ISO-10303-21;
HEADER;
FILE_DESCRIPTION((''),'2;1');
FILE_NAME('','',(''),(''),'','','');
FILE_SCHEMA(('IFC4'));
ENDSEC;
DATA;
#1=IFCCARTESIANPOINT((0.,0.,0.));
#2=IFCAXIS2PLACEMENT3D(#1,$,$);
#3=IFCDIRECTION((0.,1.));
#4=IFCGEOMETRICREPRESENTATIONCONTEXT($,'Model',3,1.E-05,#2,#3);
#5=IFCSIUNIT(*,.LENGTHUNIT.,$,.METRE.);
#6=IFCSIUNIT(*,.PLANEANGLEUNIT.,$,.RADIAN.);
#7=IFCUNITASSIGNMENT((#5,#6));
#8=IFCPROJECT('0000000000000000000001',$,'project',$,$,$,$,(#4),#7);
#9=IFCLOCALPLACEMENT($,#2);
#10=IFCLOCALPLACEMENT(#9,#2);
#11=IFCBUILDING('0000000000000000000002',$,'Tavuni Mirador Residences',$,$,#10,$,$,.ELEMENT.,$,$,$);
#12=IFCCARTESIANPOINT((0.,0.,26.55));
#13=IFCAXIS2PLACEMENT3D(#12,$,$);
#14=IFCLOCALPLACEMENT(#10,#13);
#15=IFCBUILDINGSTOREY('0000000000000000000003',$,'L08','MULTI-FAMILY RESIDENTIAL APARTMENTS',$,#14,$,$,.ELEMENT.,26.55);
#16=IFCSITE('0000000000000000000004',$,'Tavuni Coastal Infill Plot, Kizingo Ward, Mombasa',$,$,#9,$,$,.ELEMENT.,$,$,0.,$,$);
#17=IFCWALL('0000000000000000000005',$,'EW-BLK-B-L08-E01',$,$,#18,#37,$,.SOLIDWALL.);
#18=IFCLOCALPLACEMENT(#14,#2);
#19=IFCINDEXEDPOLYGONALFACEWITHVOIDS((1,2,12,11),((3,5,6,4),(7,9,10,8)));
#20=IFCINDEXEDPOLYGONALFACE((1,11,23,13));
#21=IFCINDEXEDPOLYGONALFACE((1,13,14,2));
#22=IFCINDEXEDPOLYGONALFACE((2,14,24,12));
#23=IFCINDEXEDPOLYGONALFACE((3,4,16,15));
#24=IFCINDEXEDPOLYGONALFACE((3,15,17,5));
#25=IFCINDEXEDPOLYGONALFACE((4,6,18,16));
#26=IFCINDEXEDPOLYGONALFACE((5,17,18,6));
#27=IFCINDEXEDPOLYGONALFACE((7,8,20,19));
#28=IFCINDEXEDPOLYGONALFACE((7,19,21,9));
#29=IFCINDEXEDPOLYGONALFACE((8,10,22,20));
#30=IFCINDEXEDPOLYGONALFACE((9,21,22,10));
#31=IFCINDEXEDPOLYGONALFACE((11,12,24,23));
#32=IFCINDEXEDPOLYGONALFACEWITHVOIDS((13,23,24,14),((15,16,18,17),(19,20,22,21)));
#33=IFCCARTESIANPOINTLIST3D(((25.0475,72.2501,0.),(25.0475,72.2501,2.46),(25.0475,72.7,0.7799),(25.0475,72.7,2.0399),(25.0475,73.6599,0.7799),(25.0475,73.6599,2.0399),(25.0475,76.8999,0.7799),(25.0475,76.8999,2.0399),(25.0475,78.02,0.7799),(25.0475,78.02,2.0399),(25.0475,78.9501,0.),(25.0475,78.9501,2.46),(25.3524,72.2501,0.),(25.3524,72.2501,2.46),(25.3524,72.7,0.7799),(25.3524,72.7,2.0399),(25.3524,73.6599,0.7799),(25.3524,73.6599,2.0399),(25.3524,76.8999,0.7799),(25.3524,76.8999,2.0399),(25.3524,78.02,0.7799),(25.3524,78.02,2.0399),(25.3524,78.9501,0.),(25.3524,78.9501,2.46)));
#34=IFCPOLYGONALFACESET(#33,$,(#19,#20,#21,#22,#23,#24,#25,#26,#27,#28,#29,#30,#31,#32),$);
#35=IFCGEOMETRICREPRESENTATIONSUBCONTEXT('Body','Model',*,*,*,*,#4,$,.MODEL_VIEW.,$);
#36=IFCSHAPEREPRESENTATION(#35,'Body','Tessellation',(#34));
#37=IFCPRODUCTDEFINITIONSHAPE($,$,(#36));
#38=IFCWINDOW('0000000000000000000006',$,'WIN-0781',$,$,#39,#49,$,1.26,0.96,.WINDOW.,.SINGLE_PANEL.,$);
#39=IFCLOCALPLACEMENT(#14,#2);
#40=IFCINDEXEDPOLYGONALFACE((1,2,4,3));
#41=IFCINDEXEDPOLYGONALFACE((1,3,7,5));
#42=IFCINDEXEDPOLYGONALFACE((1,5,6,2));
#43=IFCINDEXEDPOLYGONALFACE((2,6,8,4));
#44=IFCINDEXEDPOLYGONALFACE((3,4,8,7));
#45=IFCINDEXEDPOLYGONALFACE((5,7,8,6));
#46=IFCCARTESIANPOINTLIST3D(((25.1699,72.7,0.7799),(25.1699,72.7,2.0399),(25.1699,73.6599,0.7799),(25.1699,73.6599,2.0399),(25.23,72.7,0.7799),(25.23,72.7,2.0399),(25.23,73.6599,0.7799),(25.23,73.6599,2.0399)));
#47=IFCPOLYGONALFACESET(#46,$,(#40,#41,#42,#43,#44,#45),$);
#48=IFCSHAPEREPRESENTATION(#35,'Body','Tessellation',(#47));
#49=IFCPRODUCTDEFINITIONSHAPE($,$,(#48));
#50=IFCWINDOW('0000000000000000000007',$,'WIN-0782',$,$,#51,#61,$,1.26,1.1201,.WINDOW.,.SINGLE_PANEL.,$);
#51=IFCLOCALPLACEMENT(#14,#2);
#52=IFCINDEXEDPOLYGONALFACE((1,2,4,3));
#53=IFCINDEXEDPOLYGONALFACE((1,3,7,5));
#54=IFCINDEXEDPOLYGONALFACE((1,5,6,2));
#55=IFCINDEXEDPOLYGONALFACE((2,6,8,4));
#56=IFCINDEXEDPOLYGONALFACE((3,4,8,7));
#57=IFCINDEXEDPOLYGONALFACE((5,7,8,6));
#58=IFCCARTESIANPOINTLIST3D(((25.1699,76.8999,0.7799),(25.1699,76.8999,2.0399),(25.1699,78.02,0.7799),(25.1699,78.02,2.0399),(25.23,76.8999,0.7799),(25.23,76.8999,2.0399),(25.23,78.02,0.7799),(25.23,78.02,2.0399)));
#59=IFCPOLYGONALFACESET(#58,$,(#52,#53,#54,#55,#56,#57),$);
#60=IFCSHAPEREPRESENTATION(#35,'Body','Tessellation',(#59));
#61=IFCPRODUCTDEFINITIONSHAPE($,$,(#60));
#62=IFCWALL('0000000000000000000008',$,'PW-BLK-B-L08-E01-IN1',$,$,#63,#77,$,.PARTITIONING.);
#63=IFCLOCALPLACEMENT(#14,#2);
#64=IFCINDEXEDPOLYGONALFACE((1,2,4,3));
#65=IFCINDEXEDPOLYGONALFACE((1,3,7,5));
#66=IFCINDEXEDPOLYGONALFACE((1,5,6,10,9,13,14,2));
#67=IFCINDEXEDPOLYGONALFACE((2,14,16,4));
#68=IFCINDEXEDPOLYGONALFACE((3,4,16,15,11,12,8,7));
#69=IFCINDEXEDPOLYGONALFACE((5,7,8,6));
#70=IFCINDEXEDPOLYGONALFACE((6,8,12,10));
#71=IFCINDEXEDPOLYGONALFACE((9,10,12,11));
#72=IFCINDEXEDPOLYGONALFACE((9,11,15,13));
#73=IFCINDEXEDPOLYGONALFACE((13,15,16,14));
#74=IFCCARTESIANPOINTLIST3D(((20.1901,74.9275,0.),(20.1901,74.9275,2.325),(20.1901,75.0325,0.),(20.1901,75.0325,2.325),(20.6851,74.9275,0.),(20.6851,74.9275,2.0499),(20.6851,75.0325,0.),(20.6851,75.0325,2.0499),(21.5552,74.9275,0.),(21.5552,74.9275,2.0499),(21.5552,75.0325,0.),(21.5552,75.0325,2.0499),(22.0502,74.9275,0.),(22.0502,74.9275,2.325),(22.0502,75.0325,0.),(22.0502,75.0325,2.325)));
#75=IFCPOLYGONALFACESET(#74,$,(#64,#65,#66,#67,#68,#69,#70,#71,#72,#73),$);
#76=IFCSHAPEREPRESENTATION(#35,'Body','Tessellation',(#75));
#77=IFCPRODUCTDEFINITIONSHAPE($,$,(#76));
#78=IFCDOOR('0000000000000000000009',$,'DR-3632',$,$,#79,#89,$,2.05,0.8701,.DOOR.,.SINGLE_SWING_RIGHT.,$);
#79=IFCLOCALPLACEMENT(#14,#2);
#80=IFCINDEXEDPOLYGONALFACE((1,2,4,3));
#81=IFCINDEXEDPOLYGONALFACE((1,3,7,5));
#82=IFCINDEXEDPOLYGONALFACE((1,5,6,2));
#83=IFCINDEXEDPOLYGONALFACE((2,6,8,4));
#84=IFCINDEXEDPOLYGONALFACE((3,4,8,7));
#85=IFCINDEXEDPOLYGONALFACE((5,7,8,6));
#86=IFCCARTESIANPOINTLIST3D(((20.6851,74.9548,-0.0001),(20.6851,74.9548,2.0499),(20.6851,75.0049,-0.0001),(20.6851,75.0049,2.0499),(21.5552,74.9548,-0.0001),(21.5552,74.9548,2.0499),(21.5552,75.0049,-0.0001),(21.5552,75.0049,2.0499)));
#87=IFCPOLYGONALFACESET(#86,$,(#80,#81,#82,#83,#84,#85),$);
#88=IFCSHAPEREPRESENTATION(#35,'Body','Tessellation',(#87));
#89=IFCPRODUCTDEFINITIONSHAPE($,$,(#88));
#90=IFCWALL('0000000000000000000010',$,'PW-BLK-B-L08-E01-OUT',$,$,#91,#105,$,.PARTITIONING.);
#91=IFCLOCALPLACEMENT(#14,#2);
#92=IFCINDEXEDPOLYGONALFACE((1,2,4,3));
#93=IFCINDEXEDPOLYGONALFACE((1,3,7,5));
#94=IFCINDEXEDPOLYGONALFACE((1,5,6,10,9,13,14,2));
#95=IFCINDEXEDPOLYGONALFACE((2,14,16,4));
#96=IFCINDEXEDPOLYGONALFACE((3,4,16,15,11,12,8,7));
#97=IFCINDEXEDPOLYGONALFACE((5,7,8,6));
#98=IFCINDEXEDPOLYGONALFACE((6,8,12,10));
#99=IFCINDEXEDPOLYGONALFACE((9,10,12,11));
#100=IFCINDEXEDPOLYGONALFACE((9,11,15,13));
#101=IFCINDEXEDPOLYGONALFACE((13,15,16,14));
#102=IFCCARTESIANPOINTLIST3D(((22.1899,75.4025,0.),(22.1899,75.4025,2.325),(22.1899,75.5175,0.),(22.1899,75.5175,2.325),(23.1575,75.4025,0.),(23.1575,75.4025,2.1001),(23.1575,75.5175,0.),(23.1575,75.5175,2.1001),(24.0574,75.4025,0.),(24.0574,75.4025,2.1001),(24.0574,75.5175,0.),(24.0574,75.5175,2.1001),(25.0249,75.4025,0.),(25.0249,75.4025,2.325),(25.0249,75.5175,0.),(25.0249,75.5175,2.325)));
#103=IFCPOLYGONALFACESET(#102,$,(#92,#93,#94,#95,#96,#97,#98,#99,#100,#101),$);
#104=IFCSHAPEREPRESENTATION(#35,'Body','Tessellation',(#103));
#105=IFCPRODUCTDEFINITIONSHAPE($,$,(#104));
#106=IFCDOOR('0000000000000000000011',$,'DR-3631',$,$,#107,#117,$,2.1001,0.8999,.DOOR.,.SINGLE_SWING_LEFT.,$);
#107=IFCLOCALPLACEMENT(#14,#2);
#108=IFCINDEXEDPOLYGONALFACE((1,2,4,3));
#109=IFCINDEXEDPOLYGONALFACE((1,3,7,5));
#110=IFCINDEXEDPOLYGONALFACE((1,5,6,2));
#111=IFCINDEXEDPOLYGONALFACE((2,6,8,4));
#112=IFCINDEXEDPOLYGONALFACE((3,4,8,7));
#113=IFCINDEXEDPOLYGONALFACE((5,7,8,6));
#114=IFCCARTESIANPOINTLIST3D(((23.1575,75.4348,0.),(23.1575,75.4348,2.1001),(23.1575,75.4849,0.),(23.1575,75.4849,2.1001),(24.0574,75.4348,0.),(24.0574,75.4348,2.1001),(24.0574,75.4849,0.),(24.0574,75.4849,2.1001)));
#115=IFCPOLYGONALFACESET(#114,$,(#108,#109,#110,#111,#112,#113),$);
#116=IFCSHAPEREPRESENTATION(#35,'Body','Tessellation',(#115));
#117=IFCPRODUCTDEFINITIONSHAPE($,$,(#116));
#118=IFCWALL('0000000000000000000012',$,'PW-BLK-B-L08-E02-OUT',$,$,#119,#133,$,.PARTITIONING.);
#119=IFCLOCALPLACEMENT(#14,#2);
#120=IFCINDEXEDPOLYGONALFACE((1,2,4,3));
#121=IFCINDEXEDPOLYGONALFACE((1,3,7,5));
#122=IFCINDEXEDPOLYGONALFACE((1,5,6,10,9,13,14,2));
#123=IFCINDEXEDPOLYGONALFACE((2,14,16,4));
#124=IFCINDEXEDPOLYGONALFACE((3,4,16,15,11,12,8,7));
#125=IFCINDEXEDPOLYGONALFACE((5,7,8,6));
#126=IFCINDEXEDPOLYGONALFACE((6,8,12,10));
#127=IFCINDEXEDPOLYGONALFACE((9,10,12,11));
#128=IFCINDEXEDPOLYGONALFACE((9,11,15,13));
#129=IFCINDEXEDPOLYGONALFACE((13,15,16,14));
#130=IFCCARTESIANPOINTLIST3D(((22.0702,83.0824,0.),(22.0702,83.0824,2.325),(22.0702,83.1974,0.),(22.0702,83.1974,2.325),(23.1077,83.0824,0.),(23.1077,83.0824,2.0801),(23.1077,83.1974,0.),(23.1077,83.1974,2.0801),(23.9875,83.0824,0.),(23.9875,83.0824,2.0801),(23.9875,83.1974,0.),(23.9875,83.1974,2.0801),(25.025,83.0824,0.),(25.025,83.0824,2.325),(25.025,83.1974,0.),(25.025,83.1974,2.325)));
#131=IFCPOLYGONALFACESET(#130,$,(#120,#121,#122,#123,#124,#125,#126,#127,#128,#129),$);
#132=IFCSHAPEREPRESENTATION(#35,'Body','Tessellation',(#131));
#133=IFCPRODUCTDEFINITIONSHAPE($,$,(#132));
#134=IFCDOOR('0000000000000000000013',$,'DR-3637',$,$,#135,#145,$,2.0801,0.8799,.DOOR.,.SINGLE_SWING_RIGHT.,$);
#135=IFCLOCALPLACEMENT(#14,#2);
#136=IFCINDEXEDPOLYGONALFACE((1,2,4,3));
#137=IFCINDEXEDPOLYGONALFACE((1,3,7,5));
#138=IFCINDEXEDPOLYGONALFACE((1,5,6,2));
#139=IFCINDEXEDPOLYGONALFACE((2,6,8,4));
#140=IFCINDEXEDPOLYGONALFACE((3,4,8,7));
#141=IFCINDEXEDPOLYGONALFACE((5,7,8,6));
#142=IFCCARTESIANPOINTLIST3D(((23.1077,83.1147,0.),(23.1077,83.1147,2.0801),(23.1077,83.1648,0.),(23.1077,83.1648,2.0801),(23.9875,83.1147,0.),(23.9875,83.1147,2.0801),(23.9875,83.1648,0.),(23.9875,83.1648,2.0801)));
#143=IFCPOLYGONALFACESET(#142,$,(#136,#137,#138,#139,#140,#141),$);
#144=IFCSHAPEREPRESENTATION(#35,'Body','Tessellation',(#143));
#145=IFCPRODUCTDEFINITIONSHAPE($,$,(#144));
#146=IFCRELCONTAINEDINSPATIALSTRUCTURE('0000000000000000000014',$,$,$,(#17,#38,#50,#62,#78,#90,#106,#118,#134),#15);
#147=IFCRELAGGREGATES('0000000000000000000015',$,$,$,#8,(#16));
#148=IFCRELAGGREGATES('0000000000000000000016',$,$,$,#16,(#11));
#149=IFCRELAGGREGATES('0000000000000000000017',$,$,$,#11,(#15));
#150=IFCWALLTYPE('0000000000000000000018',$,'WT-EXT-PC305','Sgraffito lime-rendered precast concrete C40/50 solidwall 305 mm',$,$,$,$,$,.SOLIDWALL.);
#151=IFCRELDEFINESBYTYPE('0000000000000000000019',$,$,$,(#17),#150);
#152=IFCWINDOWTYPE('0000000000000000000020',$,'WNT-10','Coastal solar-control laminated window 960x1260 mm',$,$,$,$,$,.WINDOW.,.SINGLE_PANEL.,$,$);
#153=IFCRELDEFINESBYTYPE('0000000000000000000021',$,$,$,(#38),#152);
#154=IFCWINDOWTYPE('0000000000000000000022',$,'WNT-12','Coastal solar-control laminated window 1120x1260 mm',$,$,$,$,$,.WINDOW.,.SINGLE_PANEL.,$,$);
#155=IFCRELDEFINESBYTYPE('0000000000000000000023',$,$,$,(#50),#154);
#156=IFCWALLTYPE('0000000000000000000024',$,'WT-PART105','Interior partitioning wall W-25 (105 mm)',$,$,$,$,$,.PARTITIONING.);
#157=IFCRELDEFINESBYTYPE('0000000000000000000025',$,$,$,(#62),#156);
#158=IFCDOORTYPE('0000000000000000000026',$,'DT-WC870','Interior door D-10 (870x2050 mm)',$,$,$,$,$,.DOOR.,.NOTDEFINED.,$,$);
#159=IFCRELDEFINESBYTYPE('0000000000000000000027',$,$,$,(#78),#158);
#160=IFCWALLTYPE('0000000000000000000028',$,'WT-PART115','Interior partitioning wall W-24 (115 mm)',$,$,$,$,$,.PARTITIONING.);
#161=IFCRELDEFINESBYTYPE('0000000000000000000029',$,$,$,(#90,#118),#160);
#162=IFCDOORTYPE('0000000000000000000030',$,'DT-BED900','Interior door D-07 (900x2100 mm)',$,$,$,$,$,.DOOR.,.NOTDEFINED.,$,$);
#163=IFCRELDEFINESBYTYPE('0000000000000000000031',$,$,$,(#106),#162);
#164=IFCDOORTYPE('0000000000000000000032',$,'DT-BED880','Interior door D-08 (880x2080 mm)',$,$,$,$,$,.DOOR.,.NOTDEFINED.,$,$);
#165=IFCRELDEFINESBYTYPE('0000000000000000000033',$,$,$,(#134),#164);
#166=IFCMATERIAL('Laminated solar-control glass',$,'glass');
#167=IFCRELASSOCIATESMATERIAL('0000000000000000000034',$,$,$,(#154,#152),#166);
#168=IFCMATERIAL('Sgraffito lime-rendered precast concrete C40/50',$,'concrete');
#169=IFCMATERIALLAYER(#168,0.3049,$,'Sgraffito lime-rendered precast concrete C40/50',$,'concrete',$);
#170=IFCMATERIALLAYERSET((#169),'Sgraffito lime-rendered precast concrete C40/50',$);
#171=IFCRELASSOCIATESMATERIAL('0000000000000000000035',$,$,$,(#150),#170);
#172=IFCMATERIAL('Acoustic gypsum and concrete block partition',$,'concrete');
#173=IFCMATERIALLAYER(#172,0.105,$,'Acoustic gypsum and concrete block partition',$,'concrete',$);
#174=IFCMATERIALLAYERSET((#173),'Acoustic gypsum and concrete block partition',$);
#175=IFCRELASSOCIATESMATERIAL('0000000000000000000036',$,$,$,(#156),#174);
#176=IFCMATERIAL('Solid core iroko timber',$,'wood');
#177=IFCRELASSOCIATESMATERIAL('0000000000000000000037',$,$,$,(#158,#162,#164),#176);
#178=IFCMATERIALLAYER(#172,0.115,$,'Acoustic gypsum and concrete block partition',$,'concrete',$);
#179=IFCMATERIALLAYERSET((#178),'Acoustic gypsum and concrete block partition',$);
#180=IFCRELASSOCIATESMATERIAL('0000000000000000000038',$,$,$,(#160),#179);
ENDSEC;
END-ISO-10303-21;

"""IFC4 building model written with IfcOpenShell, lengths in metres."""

from ifc_helpers import new_model, si_unit, direction, frame, frame_2d, origin, place, context, subcontext, project, spatial, rectangle, extrude, material, layer, layer_set, type_object, element, fill, save


model = new_model("IFC4")

# Units and contexts
model_context = context("Model", 3, precision=1e-05, world=origin(), true_north=direction((0.0, 1.0)))
body_context = subcontext(model_context, "Body", "Model", "MODEL_VIEW")
ifc_project = project(units=[si_unit("LENGTHUNIT", "METRE"), si_unit("PLANEANGLEUNIT", "RADIAN")], contexts=[model_context])

# Site, building, storey
site_placement = place(None, origin())
site = spatial("IfcSite", under=ifc_project, at=site_placement, Name="Tavuni Coastal Infill Plot, Kizingo Ward, Mombasa", CompositionType="ELEMENT", RefElevation=0.0)
building_placement = place(site_placement, origin())
building = spatial("IfcBuilding", under=site, at=building_placement, Name="Tavuni Mirador Residences", CompositionType="ELEMENT")
storey_placement = place(building_placement, frame((0.0, 0.0, 26.55)))
storey = spatial("IfcBuildingStorey", under=building, at=storey_placement, Name="L08", Description="MULTI-FAMILY RESIDENTIAL APARTMENTS", CompositionType="ELEMENT", Elevation=26.55)

# Shared definitions
ifc_material_1 = material(Name="Solid core iroko timber", Category="wood")

# Wall, openings, windows
ifc_material_2 = material(Name="Sgraffito lime-rendered precast concrete C40/50", Category="concrete")
ifc_material_3 = material(Name="Laminated solar-control glass", Category="glass")
window_type_1 = type_object("IfcWindowType", Name="WNT-12", Description="Coastal solar-control laminated window 1120x1260 mm", PartitioningType="SINGLE_PANEL", PredefinedType="WINDOW", material=ifc_material_3)
ifc_layer_1 = layer(ifc_material_2, 0.3049, Name="Sgraffito lime-rendered precast concrete C40/50", Category="concrete")
ifc_layer_set_1 = layer_set([ifc_layer_1], Name="Sgraffito lime-rendered precast concrete C40/50")
wall_type_1 = type_object("IfcWallType", Name="WT-EXT-PC305", Description="Sgraffito lime-rendered precast concrete C40/50 solidwall 305 mm", PredefinedType="SOLIDWALL", material=ifc_layer_set_1)
wall_1_placement = place(storey_placement, frame((25.2, 72.25, 0.0), z_axis=(0.0, 0.0, 1.0), x_axis=(0.0, 1.0, 0.0)))
wall_1 = element("IfcWall", 1, at=wall_1_placement, inside=storey, type_object=wall_type_1, Name="EW-BLK-B-L08-E01", PredefinedType="SOLIDWALL", context=body_context, shape_type="SweptSolid", body=[
    extrude(rectangle(XDim=6.7, YDim=0.3049, at=frame_2d((3.3501, 0.0))), origin(), (0.0, 0.0, 1.0), 2.46),
])
opening_1_placement = place(wall_1_placement, frame((0.45, 0.0, 0.78)))
opening_1 = element("IfcOpeningElement", 2, at=opening_1_placement, cuts=wall_1, PredefinedType="OPENING", context=body_context, shape_type="SweptSolid", body=[
    extrude(rectangle(XDim=0.96, YDim=1.26, at=frame_2d((0.48, 0.6299))), frame((0.0, 0.1626, 0.0), z_axis=(0.0, -1.0, 0.0), x_axis=(1.0, 0.0, 0.0)), (0.0, 0.0, 1.0), 0.325),
])
opening_2_placement = place(wall_1_placement, frame((4.6499, 0.0, 0.78)))
opening_2 = element("IfcOpeningElement", 3, at=opening_2_placement, cuts=wall_1, PredefinedType="OPENING", context=body_context, shape_type="SweptSolid", body=[
    extrude(rectangle(XDim=1.1201, YDim=1.26, at=frame_2d((0.5601, 0.6299))), frame((0.0, 0.1626, 0.0), z_axis=(0.0, -1.0, 0.0), x_axis=(1.0, 0.0, 0.0)), (0.0, 0.0, 1.0), 0.325),
])
window_type_2 = type_object("IfcWindowType", Name="WNT-10", Description="Coastal solar-control laminated window 960x1260 mm", PartitioningType="SINGLE_PANEL", PredefinedType="WINDOW", material=ifc_material_3)
window_1_placement = place(opening_1_placement, origin())
window_1 = element("IfcWindow", 4, at=window_1_placement, inside=storey, type_object=window_type_2, Name="WIN-0781", OverallHeight=1.26, OverallWidth=0.96, PartitioningType="SINGLE_PANEL", PredefinedType="WINDOW", context=body_context, shape_type="SweptSolid", body=[
    extrude(rectangle(XDim=0.96, YDim=1.26, at=frame_2d((0.48, 0.6299))), frame((0.0, 0.03, 0.0), z_axis=(0.0, -1.0, 0.0), x_axis=(1.0, 0.0, 0.0)), (0.0, 0.0, 1.0), 0.0601),
])
fill(opening_1, window_1)
window_2_placement = place(opening_2_placement, origin())
window_2 = element("IfcWindow", 5, at=window_2_placement, inside=storey, type_object=window_type_1, Name="WIN-0782", OverallHeight=1.26, OverallWidth=1.1201, PartitioningType="SINGLE_PANEL", PredefinedType="WINDOW", context=body_context, shape_type="SweptSolid", body=[
    extrude(rectangle(XDim=1.1201, YDim=1.26, at=frame_2d((0.5601, 0.6299))), frame((0.0, 0.03, 0.0), z_axis=(0.0, -1.0, 0.0), x_axis=(1.0, 0.0, 0.0)), (0.0, 0.0, 1.0), 0.0601),
])
fill(opening_2, window_2)

# Walls, openings, doors
ifc_material_4 = material(Name="Acoustic gypsum and concrete block partition", Category="concrete")
ifc_layer_2 = layer(ifc_material_4, 0.105, Name="Acoustic gypsum and concrete block partition", Category="concrete")
ifc_layer_set_2 = layer_set([ifc_layer_2], Name="Acoustic gypsum and concrete block partition")
wall_type_2 = type_object("IfcWallType", Name="WT-PART105", Description="Interior partitioning wall W-25 (105 mm)", PredefinedType="PARTITIONING", material=ifc_layer_set_2)
wall_2_placement = place(storey_placement, frame((20.1899, 74.98, 0.0), z_axis=(0.0, 0.0, 1.0), x_axis=(1.0, 0.0, 0.0)))
wall_2 = element("IfcWall", 6, at=wall_2_placement, inside=storey, type_object=wall_type_2, Name="PW-BLK-B-L08-E01-IN1", PredefinedType="PARTITIONING", context=body_context, shape_type="SweptSolid", body=[
    extrude(rectangle(XDim=1.8601, YDim=0.105, at=frame_2d((0.9302, 0.0))), origin(), (0.0, 0.0, 1.0), 2.325),
])
opening_3_placement = place(wall_2_placement, frame((0.4951, 0.0, 0.0)))
opening_3 = element("IfcOpeningElement", 7, at=opening_3_placement, cuts=wall_2, PredefinedType="OPENING", context=body_context, shape_type="SweptSolid", body=[
    extrude(rectangle(XDim=0.8701, YDim=2.05, at=frame_2d((0.4351, 1.0249))), frame((0.0, 0.0625, 0.0), z_axis=(0.0, -1.0, 0.0), x_axis=(1.0, 0.0, 0.0)), (0.0, 0.0, 1.0), 0.125),
])
door_type_1 = type_object("IfcDoorType", Name="DT-WC870", Description="Interior door D-10 (870x2050 mm)", OperationType="NOTDEFINED", PredefinedType="DOOR", material=ifc_material_1)
door_1_placement = place(opening_3_placement, origin())
door_1 = element("IfcDoor", 8, at=door_1_placement, inside=storey, type_object=door_type_1, Name="DR-3632", OperationType="SINGLE_SWING_RIGHT", OverallHeight=2.05, OverallWidth=0.8701, PredefinedType="DOOR", context=body_context, shape_type="SweptSolid", body=[
    extrude(rectangle(XDim=0.8701, YDim=2.05, at=frame_2d((0.4351, 1.0249))), frame((0.0, 0.0249, 0.0), z_axis=(0.0, -1.0, 0.0), x_axis=(1.0, 0.0, 0.0)), (0.0, 0.0, 1.0), 0.05),
])
fill(opening_3, door_1)
ifc_layer_3 = layer(ifc_material_4, 0.115, Name="Acoustic gypsum and concrete block partition", Category="concrete")
ifc_layer_set_3 = layer_set([ifc_layer_3], Name="Acoustic gypsum and concrete block partition")
wall_type_3 = type_object("IfcWallType", Name="WT-PART115", Description="Interior partitioning wall W-24 (115 mm)", PredefinedType="PARTITIONING", material=ifc_layer_set_3)
wall_3_placement = place(storey_placement, frame((22.1899, 75.46, 0.0), z_axis=(0.0, 0.0, 1.0), x_axis=(1.0, 0.0, 0.0)))
wall_3 = element("IfcWall", 9, at=wall_3_placement, inside=storey, type_object=wall_type_3, Name="PW-BLK-B-L08-E01-OUT", PredefinedType="PARTITIONING", context=body_context, shape_type="SweptSolid", body=[
    extrude(rectangle(XDim=2.835, YDim=0.115, at=frame_2d((1.4175, 0.0))), origin(), (0.0, 0.0, 1.0), 2.325),
])
opening_4_placement = place(wall_3_placement, frame((0.9675, 0.0, 0.0)))
opening_4 = element("IfcOpeningElement", 10, at=opening_4_placement, cuts=wall_3, PredefinedType="OPENING", context=body_context, shape_type="SweptSolid", body=[
    extrude(rectangle(XDim=0.8999, YDim=2.1001, at=frame_2d((0.45, 1.05))), frame((0.0, 0.0674, 0.0), z_axis=(0.0, -1.0, 0.0), x_axis=(1.0, 0.0, 0.0)), (0.0, 0.0, 1.0), 0.135),
])
door_type_2 = type_object("IfcDoorType", Name="DT-BED900", Description="Interior door D-07 (900x2100 mm)", OperationType="NOTDEFINED", PredefinedType="DOOR", material=ifc_material_1)
door_2_placement = place(opening_4_placement, origin())
door_2 = element("IfcDoor", 11, at=door_2_placement, inside=storey, type_object=door_type_2, Name="DR-3631", OperationType="SINGLE_SWING_LEFT", OverallHeight=2.1001, OverallWidth=0.8999, PredefinedType="DOOR", context=body_context, shape_type="SweptSolid", body=[
    extrude(rectangle(XDim=0.8999, YDim=2.1001, at=frame_2d((0.45, 1.05))), frame((0.0, 0.0249, 0.0), z_axis=(0.0, -1.0, 0.0), x_axis=(1.0, 0.0, 0.0)), (0.0, 0.0, 1.0), 0.05),
])
fill(opening_4, door_2)
wall_4_placement = place(storey_placement, frame((22.0701, 83.1399, 0.0), z_axis=(0.0, 0.0, 1.0), x_axis=(1.0, 0.0, 0.0)))
wall_4 = element("IfcWall", 12, at=wall_4_placement, inside=storey, type_object=wall_type_3, Name="PW-BLK-B-L08-E02-OUT", PredefinedType="PARTITIONING", context=body_context, shape_type="SweptSolid", body=[
    extrude(rectangle(XDim=2.9548, YDim=0.115, at=frame_2d((1.4775, 0.0))), origin(), (0.0, 0.0, 1.0), 2.325),
])
opening_5_placement = place(wall_4_placement, frame((1.0376, 0.0, 0.0)))
opening_5 = element("IfcOpeningElement", 13, at=opening_5_placement, cuts=wall_4, PredefinedType="OPENING", context=body_context, shape_type="SweptSolid", body=[
    extrude(rectangle(XDim=0.8799, YDim=2.0801, at=frame_2d((0.4399, 1.04))), frame((0.0, 0.0674, 0.0), z_axis=(0.0, -1.0, 0.0), x_axis=(1.0, 0.0, 0.0)), (0.0, 0.0, 1.0), 0.135),
])
door_type_3 = type_object("IfcDoorType", Name="DT-BED880", Description="Interior door D-08 (880x2080 mm)", OperationType="NOTDEFINED", PredefinedType="DOOR", material=ifc_material_1)
door_3_placement = place(opening_5_placement, origin())
door_3 = element("IfcDoor", 14, at=door_3_placement, inside=storey, type_object=door_type_3, Name="DR-3637", OperationType="SINGLE_SWING_RIGHT", OverallHeight=2.0801, OverallWidth=0.8799, PredefinedType="DOOR", context=body_context, shape_type="SweptSolid", body=[
    extrude(rectangle(XDim=0.8799, YDim=2.0801, at=frame_2d((0.4399, 1.04))), frame((0.0, 0.0249, 0.0), z_axis=(0.0, -1.0, 0.0), x_axis=(1.0, 0.0, 0.0)), (0.0, 0.0, 1.0), 0.05),
])
fill(opening_5, door_3)

save(model, "model.ifc")
